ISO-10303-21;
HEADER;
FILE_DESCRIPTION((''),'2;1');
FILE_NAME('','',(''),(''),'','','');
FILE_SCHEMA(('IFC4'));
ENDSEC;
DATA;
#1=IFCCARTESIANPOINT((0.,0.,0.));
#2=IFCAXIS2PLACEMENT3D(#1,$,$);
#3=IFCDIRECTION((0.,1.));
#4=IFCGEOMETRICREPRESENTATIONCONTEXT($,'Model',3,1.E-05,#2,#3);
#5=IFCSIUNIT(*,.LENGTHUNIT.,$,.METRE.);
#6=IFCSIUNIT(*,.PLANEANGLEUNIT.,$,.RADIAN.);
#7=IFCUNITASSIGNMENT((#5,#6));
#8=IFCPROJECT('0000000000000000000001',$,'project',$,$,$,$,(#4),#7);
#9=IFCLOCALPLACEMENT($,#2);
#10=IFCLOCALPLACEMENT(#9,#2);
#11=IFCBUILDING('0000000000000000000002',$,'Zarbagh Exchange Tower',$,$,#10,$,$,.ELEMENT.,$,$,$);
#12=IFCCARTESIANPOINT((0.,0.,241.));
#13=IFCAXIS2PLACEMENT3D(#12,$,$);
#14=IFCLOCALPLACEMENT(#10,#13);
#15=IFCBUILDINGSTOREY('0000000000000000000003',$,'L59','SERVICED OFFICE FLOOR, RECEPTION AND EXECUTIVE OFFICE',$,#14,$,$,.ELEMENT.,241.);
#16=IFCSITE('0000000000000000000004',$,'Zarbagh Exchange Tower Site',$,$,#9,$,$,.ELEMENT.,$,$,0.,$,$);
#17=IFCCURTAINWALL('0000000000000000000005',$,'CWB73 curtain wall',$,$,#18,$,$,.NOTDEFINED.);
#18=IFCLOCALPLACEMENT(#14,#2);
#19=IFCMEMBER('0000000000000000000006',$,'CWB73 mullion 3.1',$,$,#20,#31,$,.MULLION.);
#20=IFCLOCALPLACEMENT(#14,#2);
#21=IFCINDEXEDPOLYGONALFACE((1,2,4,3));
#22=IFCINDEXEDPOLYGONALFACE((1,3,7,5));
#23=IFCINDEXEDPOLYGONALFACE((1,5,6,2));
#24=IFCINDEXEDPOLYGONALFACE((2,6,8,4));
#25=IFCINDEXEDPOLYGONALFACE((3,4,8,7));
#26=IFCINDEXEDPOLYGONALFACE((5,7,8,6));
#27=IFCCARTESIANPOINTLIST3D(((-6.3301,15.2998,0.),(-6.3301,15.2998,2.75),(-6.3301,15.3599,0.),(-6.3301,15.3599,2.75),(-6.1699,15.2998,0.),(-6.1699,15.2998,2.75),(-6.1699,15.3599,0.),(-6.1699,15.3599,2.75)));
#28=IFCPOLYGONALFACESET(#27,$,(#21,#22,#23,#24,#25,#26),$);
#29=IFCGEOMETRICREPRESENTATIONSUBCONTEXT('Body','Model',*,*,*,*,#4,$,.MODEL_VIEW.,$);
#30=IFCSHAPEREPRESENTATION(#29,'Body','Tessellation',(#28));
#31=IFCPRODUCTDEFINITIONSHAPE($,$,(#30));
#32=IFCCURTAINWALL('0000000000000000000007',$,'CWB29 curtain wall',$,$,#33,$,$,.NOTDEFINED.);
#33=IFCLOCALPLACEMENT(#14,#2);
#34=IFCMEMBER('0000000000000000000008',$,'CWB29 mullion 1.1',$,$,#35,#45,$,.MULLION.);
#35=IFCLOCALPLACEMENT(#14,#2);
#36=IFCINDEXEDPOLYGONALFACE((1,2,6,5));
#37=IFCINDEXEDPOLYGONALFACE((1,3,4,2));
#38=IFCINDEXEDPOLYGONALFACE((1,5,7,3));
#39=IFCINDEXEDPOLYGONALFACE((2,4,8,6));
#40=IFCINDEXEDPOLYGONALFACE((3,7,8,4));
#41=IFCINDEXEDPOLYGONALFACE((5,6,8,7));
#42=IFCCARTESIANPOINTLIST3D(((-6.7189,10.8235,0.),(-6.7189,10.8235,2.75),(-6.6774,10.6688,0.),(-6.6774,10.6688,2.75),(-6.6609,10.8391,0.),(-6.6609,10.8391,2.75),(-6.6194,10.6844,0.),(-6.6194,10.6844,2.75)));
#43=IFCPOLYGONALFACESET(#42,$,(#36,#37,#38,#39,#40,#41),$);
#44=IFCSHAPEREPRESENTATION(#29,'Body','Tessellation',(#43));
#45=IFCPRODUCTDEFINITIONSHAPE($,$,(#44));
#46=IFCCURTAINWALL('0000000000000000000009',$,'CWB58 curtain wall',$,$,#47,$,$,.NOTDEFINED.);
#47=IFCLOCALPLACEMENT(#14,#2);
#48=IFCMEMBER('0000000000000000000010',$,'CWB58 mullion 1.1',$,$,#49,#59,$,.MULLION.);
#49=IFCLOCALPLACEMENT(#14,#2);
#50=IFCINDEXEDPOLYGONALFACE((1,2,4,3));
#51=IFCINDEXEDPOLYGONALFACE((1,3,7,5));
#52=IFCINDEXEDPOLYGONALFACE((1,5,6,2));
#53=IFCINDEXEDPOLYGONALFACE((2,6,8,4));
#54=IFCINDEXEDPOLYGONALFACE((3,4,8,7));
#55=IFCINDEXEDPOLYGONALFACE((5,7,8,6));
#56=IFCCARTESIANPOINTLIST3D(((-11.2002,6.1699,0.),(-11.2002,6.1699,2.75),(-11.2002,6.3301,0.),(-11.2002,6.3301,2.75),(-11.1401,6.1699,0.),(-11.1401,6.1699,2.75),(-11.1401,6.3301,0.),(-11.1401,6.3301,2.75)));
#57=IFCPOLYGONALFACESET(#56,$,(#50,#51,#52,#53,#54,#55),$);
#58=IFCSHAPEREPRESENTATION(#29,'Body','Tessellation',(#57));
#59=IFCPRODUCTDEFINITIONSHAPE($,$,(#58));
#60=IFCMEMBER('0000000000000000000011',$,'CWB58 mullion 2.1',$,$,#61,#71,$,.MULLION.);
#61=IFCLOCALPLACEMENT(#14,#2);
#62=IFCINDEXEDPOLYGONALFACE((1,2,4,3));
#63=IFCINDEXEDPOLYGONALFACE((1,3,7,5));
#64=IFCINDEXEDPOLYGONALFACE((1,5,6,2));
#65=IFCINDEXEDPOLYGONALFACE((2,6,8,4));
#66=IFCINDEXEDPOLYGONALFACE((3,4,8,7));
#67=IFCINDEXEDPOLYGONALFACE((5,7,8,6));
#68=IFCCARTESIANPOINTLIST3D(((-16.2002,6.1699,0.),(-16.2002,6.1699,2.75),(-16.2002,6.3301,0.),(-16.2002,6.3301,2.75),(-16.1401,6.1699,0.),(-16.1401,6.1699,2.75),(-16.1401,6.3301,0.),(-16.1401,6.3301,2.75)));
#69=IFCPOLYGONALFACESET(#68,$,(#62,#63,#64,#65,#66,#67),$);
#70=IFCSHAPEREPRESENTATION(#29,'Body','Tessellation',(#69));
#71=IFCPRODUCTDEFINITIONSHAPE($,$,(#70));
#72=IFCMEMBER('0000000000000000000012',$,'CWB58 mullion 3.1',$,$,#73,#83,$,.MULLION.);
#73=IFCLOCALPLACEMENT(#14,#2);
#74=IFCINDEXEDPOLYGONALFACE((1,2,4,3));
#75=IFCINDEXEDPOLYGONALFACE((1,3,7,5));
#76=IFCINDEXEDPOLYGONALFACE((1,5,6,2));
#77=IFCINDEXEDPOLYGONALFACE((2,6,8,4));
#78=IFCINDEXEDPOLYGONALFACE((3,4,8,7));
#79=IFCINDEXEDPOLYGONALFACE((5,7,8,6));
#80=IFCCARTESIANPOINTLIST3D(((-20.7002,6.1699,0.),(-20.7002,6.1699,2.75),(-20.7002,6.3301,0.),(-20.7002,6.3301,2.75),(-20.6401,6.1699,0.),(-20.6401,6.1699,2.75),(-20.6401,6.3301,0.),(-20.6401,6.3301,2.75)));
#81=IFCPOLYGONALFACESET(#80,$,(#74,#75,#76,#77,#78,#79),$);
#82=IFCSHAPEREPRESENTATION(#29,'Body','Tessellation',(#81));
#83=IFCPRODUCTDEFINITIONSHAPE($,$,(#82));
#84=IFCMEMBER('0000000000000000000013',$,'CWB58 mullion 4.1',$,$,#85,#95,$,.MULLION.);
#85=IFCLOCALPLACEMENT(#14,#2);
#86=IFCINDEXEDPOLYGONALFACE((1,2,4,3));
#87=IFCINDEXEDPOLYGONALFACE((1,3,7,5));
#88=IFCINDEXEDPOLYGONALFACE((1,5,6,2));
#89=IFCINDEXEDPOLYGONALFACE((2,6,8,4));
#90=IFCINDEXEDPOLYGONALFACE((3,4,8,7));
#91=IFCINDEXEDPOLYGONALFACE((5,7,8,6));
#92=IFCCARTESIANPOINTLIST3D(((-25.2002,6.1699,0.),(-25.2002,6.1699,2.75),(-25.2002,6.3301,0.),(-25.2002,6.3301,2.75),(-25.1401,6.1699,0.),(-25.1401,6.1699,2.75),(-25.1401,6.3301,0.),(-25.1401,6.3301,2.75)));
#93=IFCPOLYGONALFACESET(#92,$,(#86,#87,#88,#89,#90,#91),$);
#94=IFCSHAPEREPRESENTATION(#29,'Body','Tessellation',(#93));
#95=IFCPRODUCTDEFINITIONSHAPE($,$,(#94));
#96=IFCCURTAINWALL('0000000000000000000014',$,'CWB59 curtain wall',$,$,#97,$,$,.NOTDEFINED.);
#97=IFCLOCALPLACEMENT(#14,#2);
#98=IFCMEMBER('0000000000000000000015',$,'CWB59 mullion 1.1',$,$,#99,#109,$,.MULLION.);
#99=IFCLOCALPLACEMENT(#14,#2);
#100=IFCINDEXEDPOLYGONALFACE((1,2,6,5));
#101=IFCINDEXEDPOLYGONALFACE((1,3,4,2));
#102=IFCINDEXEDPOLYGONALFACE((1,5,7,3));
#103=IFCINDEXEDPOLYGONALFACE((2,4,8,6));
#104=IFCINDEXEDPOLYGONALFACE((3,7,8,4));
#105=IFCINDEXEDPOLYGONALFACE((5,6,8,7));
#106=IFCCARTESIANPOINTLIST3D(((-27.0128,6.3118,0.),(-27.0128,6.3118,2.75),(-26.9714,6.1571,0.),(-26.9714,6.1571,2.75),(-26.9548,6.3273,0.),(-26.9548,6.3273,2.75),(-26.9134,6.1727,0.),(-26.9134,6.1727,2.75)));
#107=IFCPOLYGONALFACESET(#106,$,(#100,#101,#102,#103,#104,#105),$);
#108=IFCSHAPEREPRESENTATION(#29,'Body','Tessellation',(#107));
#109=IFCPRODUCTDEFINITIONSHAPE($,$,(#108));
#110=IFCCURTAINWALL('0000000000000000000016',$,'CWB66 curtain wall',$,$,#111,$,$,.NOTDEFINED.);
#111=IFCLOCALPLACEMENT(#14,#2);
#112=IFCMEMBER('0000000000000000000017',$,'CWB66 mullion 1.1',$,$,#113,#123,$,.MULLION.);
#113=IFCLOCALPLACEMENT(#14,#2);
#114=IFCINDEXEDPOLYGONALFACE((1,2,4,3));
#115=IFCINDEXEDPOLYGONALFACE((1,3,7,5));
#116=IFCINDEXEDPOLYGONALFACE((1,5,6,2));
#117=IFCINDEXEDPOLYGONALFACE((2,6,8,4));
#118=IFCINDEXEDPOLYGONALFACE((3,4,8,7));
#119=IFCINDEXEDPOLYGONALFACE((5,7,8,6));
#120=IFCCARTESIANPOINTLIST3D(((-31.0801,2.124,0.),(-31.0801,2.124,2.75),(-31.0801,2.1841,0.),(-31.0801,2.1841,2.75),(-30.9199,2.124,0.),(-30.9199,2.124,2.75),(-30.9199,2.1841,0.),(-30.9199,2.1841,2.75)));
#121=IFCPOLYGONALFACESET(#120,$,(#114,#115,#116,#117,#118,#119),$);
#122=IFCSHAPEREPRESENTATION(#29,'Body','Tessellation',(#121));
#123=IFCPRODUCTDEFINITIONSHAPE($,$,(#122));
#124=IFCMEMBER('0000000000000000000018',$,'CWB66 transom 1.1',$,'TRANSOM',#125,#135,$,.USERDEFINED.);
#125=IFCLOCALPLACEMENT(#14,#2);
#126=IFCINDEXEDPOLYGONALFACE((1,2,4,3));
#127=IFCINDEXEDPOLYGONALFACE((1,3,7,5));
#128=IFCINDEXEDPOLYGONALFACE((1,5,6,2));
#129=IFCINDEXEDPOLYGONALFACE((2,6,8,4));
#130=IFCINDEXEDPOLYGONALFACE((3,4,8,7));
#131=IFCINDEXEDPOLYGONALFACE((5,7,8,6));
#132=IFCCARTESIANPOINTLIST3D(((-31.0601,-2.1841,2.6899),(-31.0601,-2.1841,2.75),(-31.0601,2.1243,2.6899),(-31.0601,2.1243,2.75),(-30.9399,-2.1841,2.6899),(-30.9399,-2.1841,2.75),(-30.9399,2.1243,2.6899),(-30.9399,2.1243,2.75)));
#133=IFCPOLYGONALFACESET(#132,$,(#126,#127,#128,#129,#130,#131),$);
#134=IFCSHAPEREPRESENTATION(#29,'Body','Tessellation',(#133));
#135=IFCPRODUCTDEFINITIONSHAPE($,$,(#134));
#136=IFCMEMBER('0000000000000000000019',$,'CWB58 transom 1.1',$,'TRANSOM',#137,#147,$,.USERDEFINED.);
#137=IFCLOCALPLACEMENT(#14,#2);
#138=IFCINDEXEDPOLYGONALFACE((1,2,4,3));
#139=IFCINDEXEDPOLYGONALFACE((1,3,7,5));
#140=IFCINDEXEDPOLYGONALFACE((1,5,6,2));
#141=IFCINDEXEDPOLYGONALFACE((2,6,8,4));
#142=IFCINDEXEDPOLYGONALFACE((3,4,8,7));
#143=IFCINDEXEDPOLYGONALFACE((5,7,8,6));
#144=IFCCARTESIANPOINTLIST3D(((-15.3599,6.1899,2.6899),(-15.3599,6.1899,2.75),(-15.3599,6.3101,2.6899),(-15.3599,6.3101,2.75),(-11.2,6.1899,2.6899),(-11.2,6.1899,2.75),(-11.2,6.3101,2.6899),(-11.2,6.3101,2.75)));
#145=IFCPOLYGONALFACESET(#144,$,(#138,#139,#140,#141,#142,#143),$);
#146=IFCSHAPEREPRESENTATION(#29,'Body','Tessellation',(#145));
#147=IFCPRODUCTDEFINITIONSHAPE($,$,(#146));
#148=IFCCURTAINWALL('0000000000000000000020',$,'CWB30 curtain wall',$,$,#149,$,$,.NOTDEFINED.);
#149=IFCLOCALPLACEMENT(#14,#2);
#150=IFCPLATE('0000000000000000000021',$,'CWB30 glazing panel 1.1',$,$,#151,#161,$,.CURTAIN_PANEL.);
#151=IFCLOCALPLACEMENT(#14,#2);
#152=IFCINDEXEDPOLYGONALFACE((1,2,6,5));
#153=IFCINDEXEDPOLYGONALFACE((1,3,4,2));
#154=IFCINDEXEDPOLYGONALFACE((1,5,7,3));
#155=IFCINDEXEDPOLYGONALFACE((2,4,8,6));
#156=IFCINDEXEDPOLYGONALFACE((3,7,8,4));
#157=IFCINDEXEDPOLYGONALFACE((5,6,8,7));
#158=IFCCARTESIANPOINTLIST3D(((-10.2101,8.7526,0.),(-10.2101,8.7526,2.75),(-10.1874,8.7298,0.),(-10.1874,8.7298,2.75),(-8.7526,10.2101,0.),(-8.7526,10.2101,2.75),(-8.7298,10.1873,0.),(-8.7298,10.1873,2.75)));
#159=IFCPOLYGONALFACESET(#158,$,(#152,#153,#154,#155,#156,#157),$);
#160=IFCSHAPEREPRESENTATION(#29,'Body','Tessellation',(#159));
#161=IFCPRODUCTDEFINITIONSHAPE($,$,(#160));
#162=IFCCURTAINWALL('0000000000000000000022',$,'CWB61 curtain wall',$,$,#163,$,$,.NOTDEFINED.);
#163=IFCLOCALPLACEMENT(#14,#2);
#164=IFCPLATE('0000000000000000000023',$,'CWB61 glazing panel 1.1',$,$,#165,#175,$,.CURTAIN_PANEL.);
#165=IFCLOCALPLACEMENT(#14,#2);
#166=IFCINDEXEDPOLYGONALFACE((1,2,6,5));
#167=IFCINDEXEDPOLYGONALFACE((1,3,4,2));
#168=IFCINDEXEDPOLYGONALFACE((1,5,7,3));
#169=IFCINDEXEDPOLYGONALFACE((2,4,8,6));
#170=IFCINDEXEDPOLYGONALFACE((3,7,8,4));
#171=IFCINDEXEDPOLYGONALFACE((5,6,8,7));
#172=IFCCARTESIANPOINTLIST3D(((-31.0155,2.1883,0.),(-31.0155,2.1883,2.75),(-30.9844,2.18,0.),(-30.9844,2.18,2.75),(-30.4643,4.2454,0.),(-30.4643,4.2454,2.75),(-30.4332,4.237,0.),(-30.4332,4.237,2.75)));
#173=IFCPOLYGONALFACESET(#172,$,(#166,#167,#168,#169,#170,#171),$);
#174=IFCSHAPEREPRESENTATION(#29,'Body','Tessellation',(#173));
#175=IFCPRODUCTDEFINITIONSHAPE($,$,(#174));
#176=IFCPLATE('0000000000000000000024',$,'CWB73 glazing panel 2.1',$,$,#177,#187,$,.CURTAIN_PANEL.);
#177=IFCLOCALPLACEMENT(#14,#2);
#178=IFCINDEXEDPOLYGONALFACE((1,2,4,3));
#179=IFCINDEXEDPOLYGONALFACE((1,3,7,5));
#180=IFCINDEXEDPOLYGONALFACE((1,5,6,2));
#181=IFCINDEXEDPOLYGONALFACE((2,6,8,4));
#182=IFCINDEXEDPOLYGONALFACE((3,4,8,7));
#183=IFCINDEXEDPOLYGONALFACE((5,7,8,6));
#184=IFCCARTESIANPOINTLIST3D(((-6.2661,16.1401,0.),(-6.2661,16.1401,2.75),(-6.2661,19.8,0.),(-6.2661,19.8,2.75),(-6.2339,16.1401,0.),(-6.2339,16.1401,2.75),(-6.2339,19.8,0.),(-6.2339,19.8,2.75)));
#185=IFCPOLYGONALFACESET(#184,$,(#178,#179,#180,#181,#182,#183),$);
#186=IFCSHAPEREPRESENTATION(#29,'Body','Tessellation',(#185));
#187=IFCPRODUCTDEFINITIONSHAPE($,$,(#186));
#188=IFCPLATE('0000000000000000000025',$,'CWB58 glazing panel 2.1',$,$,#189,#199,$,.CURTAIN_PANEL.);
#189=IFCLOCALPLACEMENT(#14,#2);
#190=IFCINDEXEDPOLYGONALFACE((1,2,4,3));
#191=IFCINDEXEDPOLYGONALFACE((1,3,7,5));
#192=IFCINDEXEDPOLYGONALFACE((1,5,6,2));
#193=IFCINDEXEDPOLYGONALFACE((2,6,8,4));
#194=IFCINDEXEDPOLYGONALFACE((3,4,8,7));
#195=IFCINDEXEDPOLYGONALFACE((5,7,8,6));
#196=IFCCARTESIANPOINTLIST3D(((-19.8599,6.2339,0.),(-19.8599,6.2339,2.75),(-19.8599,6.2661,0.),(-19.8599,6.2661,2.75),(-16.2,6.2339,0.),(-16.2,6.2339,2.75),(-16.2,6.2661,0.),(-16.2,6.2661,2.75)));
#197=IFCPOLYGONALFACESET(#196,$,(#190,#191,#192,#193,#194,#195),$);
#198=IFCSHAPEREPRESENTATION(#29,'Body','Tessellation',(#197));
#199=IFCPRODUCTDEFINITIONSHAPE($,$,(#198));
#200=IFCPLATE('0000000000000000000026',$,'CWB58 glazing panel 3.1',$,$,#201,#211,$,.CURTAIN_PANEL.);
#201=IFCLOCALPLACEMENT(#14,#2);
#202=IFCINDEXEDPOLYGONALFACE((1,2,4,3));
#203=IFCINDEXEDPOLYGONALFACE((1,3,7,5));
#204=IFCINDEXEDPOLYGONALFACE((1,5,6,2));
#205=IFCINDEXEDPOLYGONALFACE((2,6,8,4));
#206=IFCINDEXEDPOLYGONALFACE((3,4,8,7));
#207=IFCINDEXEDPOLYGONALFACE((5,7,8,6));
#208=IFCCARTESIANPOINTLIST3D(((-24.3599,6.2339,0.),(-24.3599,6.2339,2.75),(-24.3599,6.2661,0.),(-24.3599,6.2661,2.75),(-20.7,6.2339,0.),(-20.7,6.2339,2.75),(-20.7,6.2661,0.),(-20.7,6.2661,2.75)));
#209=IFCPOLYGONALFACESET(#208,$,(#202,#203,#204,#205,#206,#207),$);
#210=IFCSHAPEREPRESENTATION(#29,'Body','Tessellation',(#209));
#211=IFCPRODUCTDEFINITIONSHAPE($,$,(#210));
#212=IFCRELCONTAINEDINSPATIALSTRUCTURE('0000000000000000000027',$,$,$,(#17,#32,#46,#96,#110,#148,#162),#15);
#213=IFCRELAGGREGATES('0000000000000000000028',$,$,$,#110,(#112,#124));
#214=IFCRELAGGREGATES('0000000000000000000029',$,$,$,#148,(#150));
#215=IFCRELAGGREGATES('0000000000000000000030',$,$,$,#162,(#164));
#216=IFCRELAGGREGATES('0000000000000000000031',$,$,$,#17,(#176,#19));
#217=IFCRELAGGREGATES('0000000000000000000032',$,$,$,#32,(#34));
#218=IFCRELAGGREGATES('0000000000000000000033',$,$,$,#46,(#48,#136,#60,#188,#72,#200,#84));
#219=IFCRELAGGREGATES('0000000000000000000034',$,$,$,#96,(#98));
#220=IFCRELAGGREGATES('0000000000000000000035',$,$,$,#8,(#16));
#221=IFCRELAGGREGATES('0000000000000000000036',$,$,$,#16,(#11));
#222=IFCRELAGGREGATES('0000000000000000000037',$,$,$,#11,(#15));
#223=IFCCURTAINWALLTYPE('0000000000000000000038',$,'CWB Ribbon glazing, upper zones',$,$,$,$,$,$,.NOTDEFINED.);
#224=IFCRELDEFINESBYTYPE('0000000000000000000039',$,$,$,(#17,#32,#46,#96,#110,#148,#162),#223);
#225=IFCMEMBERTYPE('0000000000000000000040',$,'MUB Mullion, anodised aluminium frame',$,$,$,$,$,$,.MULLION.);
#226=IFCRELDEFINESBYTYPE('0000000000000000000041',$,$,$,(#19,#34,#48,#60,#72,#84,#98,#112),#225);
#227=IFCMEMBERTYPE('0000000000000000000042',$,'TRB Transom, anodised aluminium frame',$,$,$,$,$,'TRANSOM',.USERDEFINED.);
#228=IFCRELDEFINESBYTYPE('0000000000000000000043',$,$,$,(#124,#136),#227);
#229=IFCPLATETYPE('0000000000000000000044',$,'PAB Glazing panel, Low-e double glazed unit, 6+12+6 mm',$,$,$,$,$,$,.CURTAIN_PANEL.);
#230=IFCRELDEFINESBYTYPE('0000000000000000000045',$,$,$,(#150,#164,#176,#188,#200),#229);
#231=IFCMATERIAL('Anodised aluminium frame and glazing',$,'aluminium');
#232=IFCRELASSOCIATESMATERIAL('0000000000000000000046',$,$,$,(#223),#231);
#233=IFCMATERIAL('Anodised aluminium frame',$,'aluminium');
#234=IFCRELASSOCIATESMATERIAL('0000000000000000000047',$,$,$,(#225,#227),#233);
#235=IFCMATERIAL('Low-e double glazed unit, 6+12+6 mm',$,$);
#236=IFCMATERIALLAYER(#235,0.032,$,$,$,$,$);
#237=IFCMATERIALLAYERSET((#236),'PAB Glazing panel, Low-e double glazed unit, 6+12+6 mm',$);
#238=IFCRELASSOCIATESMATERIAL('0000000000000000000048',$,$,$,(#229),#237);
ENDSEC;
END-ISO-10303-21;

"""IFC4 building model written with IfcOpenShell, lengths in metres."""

from ifc_helpers import new_model, si_unit, direction, frame, origin, place, context, subcontext, project, spatial, polyline, outline, extrude, source, transform, mapped, material, layer, layer_set, type_object, element, aggregate, save


model = new_model("IFC4")

# Units and contexts
model_context = context("Model", 3, precision=1e-05, world=origin(), true_north=direction((0.0, 1.0)))
body_context = subcontext(model_context, "Body", "Model", "MODEL_VIEW")
ifc_project = project(units=[si_unit("LENGTHUNIT", "METRE"), si_unit("PLANEANGLEUNIT", "RADIAN")], contexts=[model_context])

# Site, building, storey
site_placement = place(None, origin())
site = spatial("IfcSite", under=ifc_project, at=site_placement, Name="Zarbagh Exchange Tower Site", CompositionType="ELEMENT", RefElevation=0.0)
building_placement = place(site_placement, origin())
building = spatial("IfcBuilding", under=site, at=building_placement, Name="Zarbagh Exchange Tower", CompositionType="ELEMENT")
storey_placement = place(building_placement, frame((0.0, 0.0, 241.0)))
storey = spatial("IfcBuildingStorey", under=building, at=storey_placement, Name="L59", Description="SERVICED OFFICE FLOOR, RECEPTION AND EXECUTIVE OFFICE", CompositionType="ELEMENT", Elevation=241.0)

# Curtain walls, members
ifc_material_1 = material(Name="Anodised aluminium frame and glazing", Category="aluminium")
curtain_wall_type = type_object("IfcCurtainWallType", Name="CWB Ribbon glazing, upper zones", PredefinedType="NOTDEFINED", material=ifc_material_1)
curtain_wall_1_placement = place(storey_placement, origin())
curtain_wall_1 = element("IfcCurtainWall", 1, at=curtain_wall_1_placement, inside=storey, type_object=curtain_wall_type, Name="CWB73 curtain wall", PredefinedType="NOTDEFINED")
ifc_material_2 = material(Name="Anodised aluminium frame", Category="aluminium")
member_type_1 = type_object("IfcMemberType", Name="MUB Mullion, anodised aluminium frame", PredefinedType="MULLION", material=ifc_material_2)
shared_shape_1 = source(origin(), body_context, "Body", "SweptSolid", [
    extrude(outline(polyline([(0.0, -0.0801), (0.0601, -0.0801), (0.0601, 0.0801), (0.0, 0.0801), (0.0, -0.0801)])), origin(), (0.0, 0.0, 1.0), 2.75),
])
placement = place(storey_placement, origin())
member_1 = element("IfcMember", 2, at=placement, type_object=member_type_1, Name="CWB73 mullion 3.1", PredefinedType="MULLION", context=body_context, shape_type="MappedRepresentation", body=[
    mapped(shared_shape_1, transform((-6.25, 15.3599, 0.0), x_axis=(0.0, -1.0, 0.0), y_axis=(1.0, 0.0, 0.0), z_axis=(0.0, 0.0, 1.0))),
])
curtain_wall_2_placement = place(storey_placement, origin())
curtain_wall_2 = element("IfcCurtainWall", 3, at=curtain_wall_2_placement, inside=storey, type_object=curtain_wall_type, Name="CWB29 curtain wall", PredefinedType="NOTDEFINED")
member_2 = element("IfcMember", 4, at=placement, type_object=member_type_1, Name="CWB29 mullion 1.1", PredefinedType="MULLION", context=body_context, shape_type="MappedRepresentation", body=[
    mapped(shared_shape_1, transform((-6.6401, 10.7617, 0.0), x_axis=(-0.965924, -0.258825, 0.0), y_axis=(0.258825, -0.965924, 0.0), z_axis=(0.0, 0.0, 1.0))),
])

# Curtain wall, members
curtain_wall_3_placement = place(storey_placement, origin())
curtain_wall_3 = element("IfcCurtainWall", 5, at=curtain_wall_3_placement, inside=storey, type_object=curtain_wall_type, Name="CWB58 curtain wall", PredefinedType="NOTDEFINED")
member_3 = element("IfcMember", 6, at=placement, type_object=member_type_1, Name="CWB58 mullion 1.1", PredefinedType="MULLION", context=body_context, shape_type="MappedRepresentation", body=[
    mapped(shared_shape_1, transform((-11.1401, 6.25, 0.0), x_axis=(-1.0, 0.0, 0.0), y_axis=(0.0, -1.0, 0.0), z_axis=(0.0, 0.0, 1.0))),
])
member_4 = element("IfcMember", 7, at=placement, type_object=member_type_1, Name="CWB58 mullion 2.1", PredefinedType="MULLION", context=body_context, shape_type="MappedRepresentation", body=[
    mapped(shared_shape_1, transform((-16.1401, 6.25, 0.0), x_axis=(-1.0, 0.0, 0.0), y_axis=(0.0, -1.0, 0.0), z_axis=(0.0, 0.0, 1.0))),
])
member_5 = element("IfcMember", 8, at=placement, type_object=member_type_1, Name="CWB58 mullion 3.1", PredefinedType="MULLION", context=body_context, shape_type="MappedRepresentation", body=[
    mapped(shared_shape_1, transform((-20.6401, 6.25, 0.0), x_axis=(-1.0, 0.0, 0.0), y_axis=(0.0, -1.0, 0.0), z_axis=(0.0, 0.0, 1.0))),
])
member_6 = element("IfcMember", 9, at=placement, type_object=member_type_1, Name="CWB58 mullion 4.1", PredefinedType="MULLION", context=body_context, shape_type="MappedRepresentation", body=[
    mapped(shared_shape_1, transform((-25.1401, 6.25, 0.0), x_axis=(-1.0, 0.0, 0.0), y_axis=(0.0, -1.0, 0.0), z_axis=(0.0, 0.0, 1.0))),
])

# Curtain wall, member
curtain_wall_4_placement = place(storey_placement, origin())
curtain_wall_4 = element("IfcCurtainWall", 10, at=curtain_wall_4_placement, inside=storey, type_object=curtain_wall_type, Name="CWB59 curtain wall", PredefinedType="NOTDEFINED")
member_7 = element("IfcMember", 11, at=placement, type_object=member_type_1, Name="CWB59 mullion 1.1", PredefinedType="MULLION", context=body_context, shape_type="MappedRepresentation", body=[
    mapped(shared_shape_1, transform((-26.9341, 6.25, 0.0), x_axis=(-0.965924, -0.258825, 0.0), y_axis=(0.258825, -0.965924, 0.0), z_axis=(0.0, 0.0, 1.0))),
])

# Curtain wall, members
curtain_wall_5_placement = place(storey_placement, origin())
curtain_wall_5 = element("IfcCurtainWall", 12, at=curtain_wall_5_placement, inside=storey, type_object=curtain_wall_type, Name="CWB66 curtain wall", PredefinedType="NOTDEFINED")
member_8 = element("IfcMember", 13, at=placement, type_object=member_type_1, Name="CWB66 mullion 1.1", PredefinedType="MULLION", context=body_context, shape_type="MappedRepresentation", body=[
    mapped(shared_shape_1, transform((-31.0, 2.1841, 0.0), x_axis=(0.0, -1.0, 0.0), y_axis=(1.0, 0.0, 0.0), z_axis=(0.0, 0.0, 1.0))),
])
member_type_2 = type_object("IfcMemberType", Name="TRB Transom, anodised aluminium frame", ElementType="TRANSOM", PredefinedType="USERDEFINED", material=ifc_material_2)
shared_shape_2 = source(origin(), body_context, "Body", "SweptSolid", [
    extrude(outline(polyline([(-0.0601, -0.0601), (0.0, -0.0601), (0.0, 0.0601), (-0.0601, 0.0601), (-0.0601, -0.0601)])), origin(), (0.0, 0.0, 1.0), 4.3083),
])
member_9 = element("IfcMember", 14, at=placement, type_object=member_type_2, Name="CWB66 transom 1.1", ObjectType="TRANSOM", PredefinedType="USERDEFINED", context=body_context, shape_type="MappedRepresentation", body=[
    mapped(shared_shape_2, transform((-31.0, 2.1243, 2.75), x_axis=(0.0, 0.0, 1.0), y_axis=(-1.0, 0.0, 0.0), z_axis=(0.0, -1.0, 0.0))),
])
aggregate(curtain_wall_5, [member_8, member_9])

# Member
shared_shape_3 = source(origin(), body_context, "Body", "SweptSolid", [
    extrude(outline(polyline([(-0.0601, -0.0601), (0.0, -0.0601), (0.0, 0.0601), (-0.0601, 0.0601), (-0.0601, -0.0601)])), origin(), (0.0, 0.0, 1.0), 4.1599),
])
member_10 = element("IfcMember", 15, at=placement, type_object=member_type_2, Name="CWB58 transom 1.1", ObjectType="TRANSOM", PredefinedType="USERDEFINED", context=body_context, shape_type="MappedRepresentation", body=[
    mapped(shared_shape_3, transform((-11.2, 6.25, 2.75), x_axis=(0.0, 0.0, 1.0), y_axis=(0.0, 1.0, 0.0), z_axis=(-1.0, 0.0, 0.0))),
])

# Curtain walls, plates
curtain_wall_6_placement = place(storey_placement, origin())
curtain_wall_6 = element("IfcCurtainWall", 16, at=curtain_wall_6_placement, inside=storey, type_object=curtain_wall_type, Name="CWB30 curtain wall", PredefinedType="NOTDEFINED")
ifc_material_3 = material(Name="Low-e double glazed unit, 6+12+6 mm")
ifc_layer = layer(ifc_material_3, 0.032)
ifc_layer_set = layer_set([ifc_layer], Name="PAB Glazing panel, Low-e double glazed unit, 6+12+6 mm")
plate_type = type_object("IfcPlateType", Name="PAB Glazing panel, Low-e double glazed unit, 6+12+6 mm", PredefinedType="CURTAIN_PANEL", material=ifc_layer_set)
shared_shape_4 = source(origin(), body_context, "Body", "SweptSolid", [
    extrude(outline(polyline([(0.0, -0.0161), (2.0613, -0.0161), (2.0613, 0.0161), (0.0, 0.0161), (0.0, -0.0161)])), origin(), (0.0, 0.0, 1.0), 2.75),
])
plate_1 = element("IfcPlate", 17, at=placement, type_object=plate_type, Name="CWB30 glazing panel 1.1", PredefinedType="CURTAIN_PANEL", context=body_context, shape_type="MappedRepresentation", body=[
    mapped(shared_shape_4, transform((-8.7412, 10.1987, 0.0), x_axis=(-0.707107, -0.707107, 0.0), y_axis=(0.707107, -0.707107, 0.0), z_axis=(0.0, 0.0, 1.0))),
])
aggregate(curtain_wall_6, [plate_1])
curtain_wall_7_placement = place(storey_placement, origin())
curtain_wall_7 = element("IfcCurtainWall", 18, at=curtain_wall_7_placement, inside=storey, type_object=curtain_wall_type, Name="CWB61 curtain wall", PredefinedType="NOTDEFINED")
shared_shape_5 = source(origin(), body_context, "Body", "SweptSolid", [
    extrude(outline(polyline([(0.0, -0.0161), (2.1296, -0.0161), (2.1296, 0.0161), (0.0, 0.0161), (0.0, -0.0161)])), origin(), (0.0, 0.0, 1.0), 2.75),
])
plate_2 = element("IfcPlate", 19, at=placement, type_object=plate_type, Name="CWB61 glazing panel 1.1", PredefinedType="CURTAIN_PANEL", context=body_context, shape_type="MappedRepresentation", body=[
    mapped(shared_shape_5, transform((-30.4487, 4.2412, 0.0), x_axis=(-0.258825, -0.965924, 0.0), y_axis=(0.965924, -0.258825, 0.0), z_axis=(0.0, 0.0, 1.0))),
])
aggregate(curtain_wall_7, [plate_2])

# Plates
shared_shape_6 = source(origin(), body_context, "Body", "SweptSolid", [
    extrude(outline(polyline([(0.0, -0.0161), (3.6599, -0.0161), (3.6599, 0.0161), (0.0, 0.0161), (0.0, -0.0161)])), origin(), (0.0, 0.0, 1.0), 2.75),
])
plate_3 = element("IfcPlate", 20, at=placement, type_object=plate_type, Name="CWB73 glazing panel 2.1", PredefinedType="CURTAIN_PANEL", context=body_context, shape_type="MappedRepresentation", body=[
    mapped(shared_shape_6, transform((-6.25, 19.8, 0.0), x_axis=(0.0, -1.0, 0.0), y_axis=(1.0, 0.0, 0.0), z_axis=(0.0, 0.0, 1.0))),
])
plate_4 = element("IfcPlate", 21, at=placement, type_object=plate_type, Name="CWB58 glazing panel 2.1", PredefinedType="CURTAIN_PANEL", context=body_context, shape_type="MappedRepresentation", body=[
    mapped(shared_shape_6, transform((-16.2, 6.25, 0.0), x_axis=(-1.0, 0.0, 0.0), y_axis=(0.0, -1.0, 0.0), z_axis=(0.0, 0.0, 1.0))),
])
plate_5 = element("IfcPlate", 22, at=placement, type_object=plate_type, Name="CWB58 glazing panel 3.1", PredefinedType="CURTAIN_PANEL", context=body_context, shape_type="MappedRepresentation", body=[
    mapped(shared_shape_6, transform((-20.7, 6.25, 0.0), x_axis=(-1.0, 0.0, 0.0), y_axis=(0.0, -1.0, 0.0), z_axis=(0.0, 0.0, 1.0))),
])
aggregate(curtain_wall_1, [plate_3, member_1])
aggregate(curtain_wall_2, [member_2])

aggregate(curtain_wall_3, [member_3, member_10, member_4, plate_4, member_5, plate_5, member_6])
aggregate(curtain_wall_4, [member_7])

save(model, "model.ifc")
